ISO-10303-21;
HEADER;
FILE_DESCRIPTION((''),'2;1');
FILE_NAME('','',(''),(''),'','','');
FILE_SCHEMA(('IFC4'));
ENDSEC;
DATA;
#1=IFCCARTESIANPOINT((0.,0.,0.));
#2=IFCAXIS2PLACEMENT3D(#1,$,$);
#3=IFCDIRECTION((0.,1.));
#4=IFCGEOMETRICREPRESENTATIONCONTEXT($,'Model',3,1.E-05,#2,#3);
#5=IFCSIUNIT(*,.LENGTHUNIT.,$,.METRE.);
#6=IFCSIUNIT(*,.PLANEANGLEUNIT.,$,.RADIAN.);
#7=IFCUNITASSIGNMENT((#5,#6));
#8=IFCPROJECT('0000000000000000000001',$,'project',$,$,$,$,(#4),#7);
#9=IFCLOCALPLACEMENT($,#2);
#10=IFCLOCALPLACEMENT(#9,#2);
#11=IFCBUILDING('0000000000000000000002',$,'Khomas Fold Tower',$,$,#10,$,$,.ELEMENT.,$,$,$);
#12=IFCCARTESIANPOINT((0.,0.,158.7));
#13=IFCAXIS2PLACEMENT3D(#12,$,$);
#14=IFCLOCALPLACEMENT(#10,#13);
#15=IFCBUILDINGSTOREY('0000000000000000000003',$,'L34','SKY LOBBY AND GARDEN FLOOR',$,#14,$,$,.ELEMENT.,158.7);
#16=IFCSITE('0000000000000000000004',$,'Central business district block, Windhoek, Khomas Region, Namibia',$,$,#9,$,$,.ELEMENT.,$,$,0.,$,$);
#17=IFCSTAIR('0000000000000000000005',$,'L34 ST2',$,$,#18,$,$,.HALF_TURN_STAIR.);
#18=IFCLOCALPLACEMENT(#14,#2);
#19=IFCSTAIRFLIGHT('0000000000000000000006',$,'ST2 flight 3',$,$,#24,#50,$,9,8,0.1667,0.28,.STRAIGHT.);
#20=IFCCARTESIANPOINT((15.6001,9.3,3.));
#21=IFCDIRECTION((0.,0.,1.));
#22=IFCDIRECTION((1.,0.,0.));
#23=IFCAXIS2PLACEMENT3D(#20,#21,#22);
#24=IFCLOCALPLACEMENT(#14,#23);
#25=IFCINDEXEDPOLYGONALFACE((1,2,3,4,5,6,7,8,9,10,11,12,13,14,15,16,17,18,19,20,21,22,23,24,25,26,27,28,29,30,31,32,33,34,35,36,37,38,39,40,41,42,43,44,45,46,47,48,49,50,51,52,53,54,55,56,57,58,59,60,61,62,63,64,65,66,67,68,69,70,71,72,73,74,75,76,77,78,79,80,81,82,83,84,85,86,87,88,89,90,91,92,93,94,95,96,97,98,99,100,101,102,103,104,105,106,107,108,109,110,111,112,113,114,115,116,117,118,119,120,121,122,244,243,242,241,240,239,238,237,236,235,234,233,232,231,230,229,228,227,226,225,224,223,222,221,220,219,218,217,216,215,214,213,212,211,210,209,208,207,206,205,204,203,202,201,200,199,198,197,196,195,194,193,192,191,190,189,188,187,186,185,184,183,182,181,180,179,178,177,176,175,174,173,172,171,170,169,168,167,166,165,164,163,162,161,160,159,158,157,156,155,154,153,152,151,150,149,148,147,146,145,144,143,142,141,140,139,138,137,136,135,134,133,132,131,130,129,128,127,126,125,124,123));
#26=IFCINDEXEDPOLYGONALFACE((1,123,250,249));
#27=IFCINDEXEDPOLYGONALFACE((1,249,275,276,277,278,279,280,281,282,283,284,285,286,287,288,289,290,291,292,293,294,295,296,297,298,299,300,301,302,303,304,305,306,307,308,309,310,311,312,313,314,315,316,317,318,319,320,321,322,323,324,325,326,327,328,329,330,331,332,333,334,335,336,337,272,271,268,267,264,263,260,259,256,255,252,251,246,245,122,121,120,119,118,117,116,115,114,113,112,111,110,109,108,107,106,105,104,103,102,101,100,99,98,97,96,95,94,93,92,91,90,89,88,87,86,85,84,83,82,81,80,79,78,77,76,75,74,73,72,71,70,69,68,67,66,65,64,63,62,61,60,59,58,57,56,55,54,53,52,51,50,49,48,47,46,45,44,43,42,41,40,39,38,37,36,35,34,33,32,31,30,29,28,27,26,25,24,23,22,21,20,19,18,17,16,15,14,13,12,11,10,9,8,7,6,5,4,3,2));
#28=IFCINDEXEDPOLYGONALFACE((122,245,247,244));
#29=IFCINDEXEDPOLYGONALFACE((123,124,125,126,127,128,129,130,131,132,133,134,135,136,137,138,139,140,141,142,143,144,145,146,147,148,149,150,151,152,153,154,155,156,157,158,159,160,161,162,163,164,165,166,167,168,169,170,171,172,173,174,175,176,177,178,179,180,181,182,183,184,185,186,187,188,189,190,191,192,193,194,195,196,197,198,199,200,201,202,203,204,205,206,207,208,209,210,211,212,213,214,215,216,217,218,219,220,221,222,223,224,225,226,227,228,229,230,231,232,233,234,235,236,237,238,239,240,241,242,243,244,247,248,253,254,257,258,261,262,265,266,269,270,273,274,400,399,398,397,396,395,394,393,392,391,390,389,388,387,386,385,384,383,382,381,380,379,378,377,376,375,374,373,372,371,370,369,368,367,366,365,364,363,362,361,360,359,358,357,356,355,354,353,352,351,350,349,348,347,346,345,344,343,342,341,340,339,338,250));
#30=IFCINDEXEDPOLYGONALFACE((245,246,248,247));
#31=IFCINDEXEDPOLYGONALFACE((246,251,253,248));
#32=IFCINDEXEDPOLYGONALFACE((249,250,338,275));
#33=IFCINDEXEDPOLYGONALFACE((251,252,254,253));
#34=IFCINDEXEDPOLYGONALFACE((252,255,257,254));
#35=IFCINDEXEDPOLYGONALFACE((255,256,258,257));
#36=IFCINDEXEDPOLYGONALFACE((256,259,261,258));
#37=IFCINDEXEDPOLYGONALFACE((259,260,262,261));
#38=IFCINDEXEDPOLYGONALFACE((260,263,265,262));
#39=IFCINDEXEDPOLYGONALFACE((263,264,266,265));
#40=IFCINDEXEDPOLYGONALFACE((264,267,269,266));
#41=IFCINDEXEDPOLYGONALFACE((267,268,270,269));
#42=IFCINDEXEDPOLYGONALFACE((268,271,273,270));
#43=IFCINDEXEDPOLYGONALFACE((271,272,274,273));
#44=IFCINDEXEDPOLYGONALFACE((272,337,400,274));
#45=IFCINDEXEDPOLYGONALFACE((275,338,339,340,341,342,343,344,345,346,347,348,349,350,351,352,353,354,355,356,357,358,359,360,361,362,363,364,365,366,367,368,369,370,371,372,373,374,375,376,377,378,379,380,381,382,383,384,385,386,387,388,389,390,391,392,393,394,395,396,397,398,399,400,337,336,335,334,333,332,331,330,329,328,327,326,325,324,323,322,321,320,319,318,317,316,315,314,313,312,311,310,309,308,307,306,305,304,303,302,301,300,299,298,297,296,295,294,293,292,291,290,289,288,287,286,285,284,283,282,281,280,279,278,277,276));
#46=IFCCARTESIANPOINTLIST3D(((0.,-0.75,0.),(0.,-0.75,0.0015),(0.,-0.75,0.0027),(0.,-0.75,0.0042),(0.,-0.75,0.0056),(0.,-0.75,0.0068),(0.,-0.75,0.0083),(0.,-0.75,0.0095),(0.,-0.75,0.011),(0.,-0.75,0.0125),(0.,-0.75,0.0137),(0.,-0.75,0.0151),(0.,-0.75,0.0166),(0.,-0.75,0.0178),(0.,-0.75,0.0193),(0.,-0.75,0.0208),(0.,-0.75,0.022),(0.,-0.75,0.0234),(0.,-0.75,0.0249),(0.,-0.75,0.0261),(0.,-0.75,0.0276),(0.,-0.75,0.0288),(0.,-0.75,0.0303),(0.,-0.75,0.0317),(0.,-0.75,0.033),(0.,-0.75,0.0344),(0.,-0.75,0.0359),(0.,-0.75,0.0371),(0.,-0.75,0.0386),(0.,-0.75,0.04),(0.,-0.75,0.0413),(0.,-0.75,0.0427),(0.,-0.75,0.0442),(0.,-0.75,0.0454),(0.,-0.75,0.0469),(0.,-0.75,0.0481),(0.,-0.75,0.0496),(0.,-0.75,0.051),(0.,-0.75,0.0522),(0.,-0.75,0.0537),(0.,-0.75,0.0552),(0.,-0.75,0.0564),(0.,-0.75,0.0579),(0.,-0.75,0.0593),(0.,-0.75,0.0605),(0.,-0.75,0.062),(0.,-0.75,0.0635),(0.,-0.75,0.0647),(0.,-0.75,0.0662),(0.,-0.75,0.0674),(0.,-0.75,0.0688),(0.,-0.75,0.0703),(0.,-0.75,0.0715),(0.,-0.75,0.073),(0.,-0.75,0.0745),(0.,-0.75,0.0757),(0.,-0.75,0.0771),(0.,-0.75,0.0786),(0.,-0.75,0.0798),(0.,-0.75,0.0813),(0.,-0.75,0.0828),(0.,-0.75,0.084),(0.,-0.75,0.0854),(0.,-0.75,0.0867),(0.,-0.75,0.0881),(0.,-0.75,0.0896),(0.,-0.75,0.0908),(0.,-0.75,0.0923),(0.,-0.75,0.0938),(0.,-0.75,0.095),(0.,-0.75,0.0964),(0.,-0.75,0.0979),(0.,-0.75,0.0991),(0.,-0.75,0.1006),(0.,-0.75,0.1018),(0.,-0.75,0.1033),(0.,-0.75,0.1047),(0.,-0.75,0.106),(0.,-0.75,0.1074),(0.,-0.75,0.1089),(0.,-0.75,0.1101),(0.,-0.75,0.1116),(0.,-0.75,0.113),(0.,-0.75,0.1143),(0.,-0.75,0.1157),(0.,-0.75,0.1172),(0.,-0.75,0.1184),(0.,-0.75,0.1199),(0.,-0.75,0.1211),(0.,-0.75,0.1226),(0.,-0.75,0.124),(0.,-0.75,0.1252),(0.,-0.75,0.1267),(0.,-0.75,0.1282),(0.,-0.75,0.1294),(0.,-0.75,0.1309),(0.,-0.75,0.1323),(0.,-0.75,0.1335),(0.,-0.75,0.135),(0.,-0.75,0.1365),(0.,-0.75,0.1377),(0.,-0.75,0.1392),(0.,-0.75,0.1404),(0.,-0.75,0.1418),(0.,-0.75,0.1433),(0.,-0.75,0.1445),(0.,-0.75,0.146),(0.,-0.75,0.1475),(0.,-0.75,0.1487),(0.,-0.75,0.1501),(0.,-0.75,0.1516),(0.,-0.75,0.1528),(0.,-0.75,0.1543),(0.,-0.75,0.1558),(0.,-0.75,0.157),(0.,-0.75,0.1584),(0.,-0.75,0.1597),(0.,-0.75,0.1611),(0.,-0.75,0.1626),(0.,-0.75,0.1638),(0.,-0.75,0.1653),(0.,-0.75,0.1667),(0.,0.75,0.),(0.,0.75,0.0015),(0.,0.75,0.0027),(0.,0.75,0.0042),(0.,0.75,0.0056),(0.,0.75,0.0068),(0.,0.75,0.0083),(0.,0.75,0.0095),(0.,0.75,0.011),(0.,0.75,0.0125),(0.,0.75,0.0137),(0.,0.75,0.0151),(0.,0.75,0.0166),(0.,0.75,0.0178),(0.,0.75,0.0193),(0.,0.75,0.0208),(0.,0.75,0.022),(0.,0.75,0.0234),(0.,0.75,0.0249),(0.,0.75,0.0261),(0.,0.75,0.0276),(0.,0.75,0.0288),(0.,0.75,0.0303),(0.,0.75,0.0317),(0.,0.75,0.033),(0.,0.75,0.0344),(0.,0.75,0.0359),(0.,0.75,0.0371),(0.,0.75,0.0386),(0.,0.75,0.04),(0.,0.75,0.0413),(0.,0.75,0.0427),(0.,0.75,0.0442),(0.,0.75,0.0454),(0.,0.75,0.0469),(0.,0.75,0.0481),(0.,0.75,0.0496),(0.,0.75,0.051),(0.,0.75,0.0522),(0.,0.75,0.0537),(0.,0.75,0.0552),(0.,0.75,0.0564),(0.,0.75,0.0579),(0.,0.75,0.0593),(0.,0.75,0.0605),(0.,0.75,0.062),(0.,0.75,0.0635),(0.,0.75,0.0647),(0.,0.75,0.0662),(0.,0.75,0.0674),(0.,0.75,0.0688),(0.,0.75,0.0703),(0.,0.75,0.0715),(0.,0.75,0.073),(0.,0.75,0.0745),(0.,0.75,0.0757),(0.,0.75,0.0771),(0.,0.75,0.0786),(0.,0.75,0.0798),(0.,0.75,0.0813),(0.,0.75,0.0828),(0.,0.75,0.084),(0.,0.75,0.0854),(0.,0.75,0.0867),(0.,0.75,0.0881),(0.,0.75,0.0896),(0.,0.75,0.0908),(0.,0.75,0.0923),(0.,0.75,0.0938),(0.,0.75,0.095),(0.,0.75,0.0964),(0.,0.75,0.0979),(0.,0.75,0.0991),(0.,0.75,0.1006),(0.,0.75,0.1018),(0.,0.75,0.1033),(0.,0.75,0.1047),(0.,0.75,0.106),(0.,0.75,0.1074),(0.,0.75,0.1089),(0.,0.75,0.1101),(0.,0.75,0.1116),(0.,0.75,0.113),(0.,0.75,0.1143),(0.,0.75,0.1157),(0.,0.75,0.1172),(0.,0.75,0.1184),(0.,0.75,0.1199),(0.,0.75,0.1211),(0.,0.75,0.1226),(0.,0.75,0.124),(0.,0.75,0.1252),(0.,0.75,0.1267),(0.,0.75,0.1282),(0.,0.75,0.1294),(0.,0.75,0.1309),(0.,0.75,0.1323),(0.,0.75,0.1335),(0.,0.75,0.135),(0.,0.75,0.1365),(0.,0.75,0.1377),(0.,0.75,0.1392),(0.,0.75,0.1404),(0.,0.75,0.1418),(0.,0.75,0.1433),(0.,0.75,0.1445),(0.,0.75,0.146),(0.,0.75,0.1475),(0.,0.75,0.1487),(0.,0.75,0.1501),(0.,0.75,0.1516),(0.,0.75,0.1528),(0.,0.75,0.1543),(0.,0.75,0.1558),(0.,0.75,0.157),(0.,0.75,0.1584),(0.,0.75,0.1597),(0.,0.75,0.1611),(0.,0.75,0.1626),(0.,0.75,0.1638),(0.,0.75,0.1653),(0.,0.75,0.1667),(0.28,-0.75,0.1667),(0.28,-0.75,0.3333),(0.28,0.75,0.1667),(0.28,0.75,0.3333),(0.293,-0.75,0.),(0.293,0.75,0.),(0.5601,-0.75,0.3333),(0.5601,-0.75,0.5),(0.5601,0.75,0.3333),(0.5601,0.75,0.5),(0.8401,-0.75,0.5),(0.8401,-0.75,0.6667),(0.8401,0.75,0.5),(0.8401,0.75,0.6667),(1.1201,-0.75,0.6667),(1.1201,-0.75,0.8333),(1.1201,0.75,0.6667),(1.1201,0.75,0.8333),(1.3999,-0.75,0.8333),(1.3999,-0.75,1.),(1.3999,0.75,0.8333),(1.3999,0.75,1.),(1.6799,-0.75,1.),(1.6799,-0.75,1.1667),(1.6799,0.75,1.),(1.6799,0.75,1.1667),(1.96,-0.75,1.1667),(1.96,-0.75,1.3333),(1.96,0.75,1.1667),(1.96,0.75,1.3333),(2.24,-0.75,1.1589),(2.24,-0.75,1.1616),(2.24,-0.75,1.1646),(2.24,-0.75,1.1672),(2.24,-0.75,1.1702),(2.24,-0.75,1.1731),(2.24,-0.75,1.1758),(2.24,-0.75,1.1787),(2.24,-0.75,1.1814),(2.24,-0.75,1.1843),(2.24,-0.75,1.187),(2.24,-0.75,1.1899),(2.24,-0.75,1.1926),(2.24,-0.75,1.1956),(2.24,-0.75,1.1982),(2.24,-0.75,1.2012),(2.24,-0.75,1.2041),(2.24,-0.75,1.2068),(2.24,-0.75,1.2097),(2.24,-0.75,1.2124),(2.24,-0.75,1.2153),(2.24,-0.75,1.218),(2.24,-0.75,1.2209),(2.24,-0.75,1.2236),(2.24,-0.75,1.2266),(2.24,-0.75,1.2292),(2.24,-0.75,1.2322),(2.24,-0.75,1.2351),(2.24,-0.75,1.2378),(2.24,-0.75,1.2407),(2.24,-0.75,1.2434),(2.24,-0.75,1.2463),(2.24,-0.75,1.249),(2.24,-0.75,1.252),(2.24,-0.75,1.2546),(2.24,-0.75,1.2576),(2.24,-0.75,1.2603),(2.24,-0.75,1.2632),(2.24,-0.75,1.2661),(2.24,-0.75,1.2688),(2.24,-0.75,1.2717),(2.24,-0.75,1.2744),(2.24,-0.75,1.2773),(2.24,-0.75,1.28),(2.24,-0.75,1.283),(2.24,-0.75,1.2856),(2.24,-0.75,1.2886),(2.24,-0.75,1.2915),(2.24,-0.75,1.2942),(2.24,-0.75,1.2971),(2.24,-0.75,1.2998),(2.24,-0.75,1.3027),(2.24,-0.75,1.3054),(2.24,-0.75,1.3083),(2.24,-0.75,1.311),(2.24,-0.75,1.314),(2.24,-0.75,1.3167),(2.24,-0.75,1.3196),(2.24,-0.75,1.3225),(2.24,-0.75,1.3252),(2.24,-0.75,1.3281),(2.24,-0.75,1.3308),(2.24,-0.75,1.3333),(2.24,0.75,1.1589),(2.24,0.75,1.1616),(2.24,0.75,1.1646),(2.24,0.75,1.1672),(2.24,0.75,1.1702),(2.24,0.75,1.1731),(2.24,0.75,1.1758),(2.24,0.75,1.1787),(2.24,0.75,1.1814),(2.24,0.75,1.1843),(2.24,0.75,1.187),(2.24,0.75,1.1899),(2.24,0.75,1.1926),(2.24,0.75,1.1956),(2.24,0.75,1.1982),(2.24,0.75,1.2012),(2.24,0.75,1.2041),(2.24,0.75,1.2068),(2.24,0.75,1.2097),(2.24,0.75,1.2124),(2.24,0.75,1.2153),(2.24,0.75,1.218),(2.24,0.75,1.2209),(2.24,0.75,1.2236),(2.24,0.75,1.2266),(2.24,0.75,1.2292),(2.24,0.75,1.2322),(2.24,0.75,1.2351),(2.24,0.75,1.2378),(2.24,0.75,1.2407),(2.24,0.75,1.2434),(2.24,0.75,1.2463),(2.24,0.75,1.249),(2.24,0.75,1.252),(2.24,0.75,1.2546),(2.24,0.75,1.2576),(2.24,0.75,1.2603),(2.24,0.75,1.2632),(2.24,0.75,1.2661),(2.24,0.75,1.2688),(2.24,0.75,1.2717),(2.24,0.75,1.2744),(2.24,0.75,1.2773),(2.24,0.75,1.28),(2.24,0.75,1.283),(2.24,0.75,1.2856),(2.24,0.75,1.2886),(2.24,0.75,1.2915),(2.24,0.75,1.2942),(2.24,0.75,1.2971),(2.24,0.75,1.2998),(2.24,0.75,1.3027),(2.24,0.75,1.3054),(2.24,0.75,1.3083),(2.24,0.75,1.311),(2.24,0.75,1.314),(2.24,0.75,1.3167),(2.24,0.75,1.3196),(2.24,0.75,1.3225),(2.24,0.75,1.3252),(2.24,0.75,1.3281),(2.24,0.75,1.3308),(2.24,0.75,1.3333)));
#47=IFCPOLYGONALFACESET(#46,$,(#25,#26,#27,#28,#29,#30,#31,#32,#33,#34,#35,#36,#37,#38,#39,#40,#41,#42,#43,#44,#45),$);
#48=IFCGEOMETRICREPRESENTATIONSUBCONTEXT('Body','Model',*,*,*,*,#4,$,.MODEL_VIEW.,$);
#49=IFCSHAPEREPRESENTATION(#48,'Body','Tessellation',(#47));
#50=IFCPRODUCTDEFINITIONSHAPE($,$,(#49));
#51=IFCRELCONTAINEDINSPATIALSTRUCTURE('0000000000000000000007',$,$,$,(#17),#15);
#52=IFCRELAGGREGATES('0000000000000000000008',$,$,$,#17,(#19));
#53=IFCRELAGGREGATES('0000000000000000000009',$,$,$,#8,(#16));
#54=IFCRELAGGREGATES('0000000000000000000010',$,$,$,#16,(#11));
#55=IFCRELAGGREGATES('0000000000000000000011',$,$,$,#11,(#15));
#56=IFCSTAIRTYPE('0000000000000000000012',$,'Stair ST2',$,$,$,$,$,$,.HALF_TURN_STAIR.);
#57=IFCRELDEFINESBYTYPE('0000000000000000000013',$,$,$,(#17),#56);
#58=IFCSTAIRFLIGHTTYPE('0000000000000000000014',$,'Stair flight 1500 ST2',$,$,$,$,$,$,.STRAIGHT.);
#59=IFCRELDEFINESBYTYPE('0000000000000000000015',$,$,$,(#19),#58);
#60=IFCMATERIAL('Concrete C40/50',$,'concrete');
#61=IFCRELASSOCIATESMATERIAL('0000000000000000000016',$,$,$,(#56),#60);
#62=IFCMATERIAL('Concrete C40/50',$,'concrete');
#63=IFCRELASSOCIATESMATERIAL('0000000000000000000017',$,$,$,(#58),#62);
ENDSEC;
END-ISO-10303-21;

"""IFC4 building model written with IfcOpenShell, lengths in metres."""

from ifc_helpers import new_model, si_unit, direction, frame, origin, place, context, subcontext, project, spatial, polyline, outline, extrude, source, transform, mapped, material, type_object, element, aggregate, save


model = new_model("IFC4")

# Units and contexts
model_context = context("Model", 3, precision=1e-05, world=origin(), true_north=direction((0.0, 1.0)))
body_context = subcontext(model_context, "Body", "Model", "MODEL_VIEW")
ifc_project = project(units=[si_unit("LENGTHUNIT", "METRE"), si_unit("PLANEANGLEUNIT", "RADIAN")], contexts=[model_context])

# Site, building, storey
site_placement = place(None, origin())
site = spatial("IfcSite", under=ifc_project, at=site_placement, Name="Central business district block, Windhoek, Khomas Region, Namibia", CompositionType="ELEMENT", RefElevation=0.0)
building_placement = place(site_placement, origin())
building = spatial("IfcBuilding", under=site, at=building_placement, Name="Khomas Fold Tower", CompositionType="ELEMENT")
storey_placement = place(building_placement, frame((0.0, 0.0, 158.7)))
storey = spatial("IfcBuildingStorey", under=building, at=storey_placement, Name="L34", Description="SKY LOBBY AND GARDEN FLOOR", CompositionType="ELEMENT", Elevation=158.7)

# Stair, stair flight
ifc_material_1 = material(Name="Concrete C40/50", Category="concrete")
stair_type = type_object("IfcStairType", Name="Stair ST2", PredefinedType="HALF_TURN_STAIR", material=ifc_material_1)
stair_placement = place(storey_placement, origin())
stair = element("IfcStair", 1, at=stair_placement, inside=storey, type_object=stair_type, Name="L34 ST2", PredefinedType="HALF_TURN_STAIR")
ifc_material_2 = material(Name="Concrete C40/50", Category="concrete")
stair_flight_type = type_object("IfcStairFlightType", Name="Stair flight 1500 ST2", PredefinedType="STRAIGHT", material=ifc_material_2)
shared_shape_1 = source(origin(), body_context, "Body", "SweptSolid", [
    extrude(outline(polyline([(0.0, 0.0), (0.0, 0.0015), (0.0, 0.0027), (0.0, 0.0042), (0.0, 0.0056), (0.0, 0.0068), (0.0, 0.0083), (0.0, 0.0095), (0.0, 0.011), (0.0, 0.0125), (0.0, 0.0137), (0.0, 0.0151), (0.0, 0.0166), (0.0, 0.0178), (0.0, 0.0193), (0.0, 0.0208), (0.0, 0.022), (0.0, 0.0234), (0.0, 0.0249), (0.0, 0.0261), (0.0, 0.0276), (0.0, 0.0288), (0.0, 0.0303), (0.0, 0.0317), (0.0, 0.033), (0.0, 0.0344), (0.0, 0.0359), (0.0, 0.0371), (0.0, 0.0386), (0.0, 0.04), (0.0, 0.0413), (0.0, 0.0427), (0.0, 0.0442), (0.0, 0.0454), (0.0, 0.0469), (0.0, 0.0481), (0.0, 0.0496), (0.0, 0.051), (0.0, 0.0522), (0.0, 0.0537), (0.0, 0.0552), (0.0, 0.0564), (0.0, 0.0579), (0.0, 0.0593), (0.0, 0.0605), (0.0, 0.062), (0.0, 0.0635), (0.0, 0.0647), (0.0, 0.0662), (0.0, 0.0674), (0.0, 0.0688), (0.0, 0.0703), (0.0, 0.0715), (0.0, 0.073), (0.0, 0.0745), (0.0, 0.0757), (0.0, 0.0771), (0.0, 0.0786), (0.0, 0.0798), (0.0, 0.0813), (0.0, 0.0828), (0.0, 0.084), (0.0, 0.0854), (0.0, 0.0867), (0.0, 0.0881), (0.0, 0.0896), (0.0, 0.0908), (0.0, 0.0923), (0.0, 0.0938), (0.0, 0.095), (0.0, 0.0964), (0.0, 0.0979), (0.0, 0.0991), (0.0, 0.1006), (0.0, 0.1018), (0.0, 0.1033), (0.0, 0.1047), (0.0, 0.106), (0.0, 0.1074), (0.0, 0.1089), (0.0, 0.1101), (0.0, 0.1116), (0.0, 0.113), (0.0, 0.1143), (0.0, 0.1157), (0.0, 0.1172), (0.0, 0.1184), (0.0, 0.1199), (0.0, 0.1211), (0.0, 0.1226), (0.0, 0.124), (0.0, 0.1252), (0.0, 0.1267), (0.0, 0.1282), (0.0, 0.1294), (0.0, 0.1309), (0.0, 0.1323), (0.0, 0.1335), (0.0, 0.135), (0.0, 0.1365), (0.0, 0.1377), (0.0, 0.1392), (0.0, 0.1404), (0.0, 0.1418), (0.0, 0.1433), (0.0, 0.1445), (0.0, 0.146), (0.0, 0.1475), (0.0, 0.1487), (0.0, 0.1501), (0.0, 0.1516), (0.0, 0.1528), (0.0, 0.1543), (0.0, 0.1558), (0.0, 0.157), (0.0, 0.1584), (0.0, 0.1597), (0.0, 0.1611), (0.0, 0.1626), (0.0, 0.1638), (0.0, 0.1653), (0.0, 0.1667), (0.28, 0.1667), (0.28, 0.3333), (0.5601, 0.3333), (0.5601, 0.5), (0.8401, 0.5), (0.8401, 0.6667), (1.1201, 0.6667), (1.1201, 0.8333), (1.3999, 0.8333), (1.3999, 1.0), (1.6799, 1.0), (1.6799, 1.1667), (1.96, 1.1667), (1.96, 1.3333), (2.24, 1.3333), (2.24, 1.5), (2.24, 1.4971), (2.24, 1.4944), (2.24, 1.4915), (2.24, 1.4888), (2.24, 1.4858), (2.24, 1.4832), (2.24, 1.4802), (2.24, 1.4775), (2.24, 1.4746), (2.24, 1.4719), (2.24, 1.469), (2.24, 1.4661), (2.24, 1.4634), (2.24, 1.4604), (2.24, 1.4578), (2.24, 1.4548), (2.24, 1.4521), (2.24, 1.4492), (2.24, 1.4465), (2.24, 1.4436), (2.24, 1.4409), (2.24, 1.438), (2.24, 1.4351), (2.24, 1.4324), (2.24, 1.4294), (2.24, 1.4268), (2.24, 1.4238), (2.24, 1.4211), (2.24, 1.4182), (2.24, 1.4155), (2.24, 1.4126), (2.24, 1.4097), (2.24, 1.407), (2.24, 1.4041), (2.24, 1.4014), (2.24, 1.3984), (2.24, 1.3958), (2.24, 1.3928), (2.24, 1.3901), (2.24, 1.3872), (2.24, 1.3845), (2.24, 1.3816), (2.24, 1.3787), (2.24, 1.376), (2.24, 1.373), (2.24, 1.3704), (2.24, 1.3674), (2.24, 1.3647), (2.24, 1.3618), (2.24, 1.3591), (2.24, 1.3562), (2.24, 1.3535), (2.24, 1.3506), (2.24, 1.3477), (2.24, 1.345), (2.24, 1.342), (2.24, 1.3394), (2.24, 1.3364), (2.24, 1.3337), (2.24, 1.3308), (2.24, 1.3281), (2.24, 1.3252), (2.24, 1.3225), (2.24, 1.3196), (2.24, 1.3167), (2.24, 1.314), (2.24, 1.311), (2.24, 1.3083), (2.24, 1.3054), (2.24, 1.3027), (2.24, 1.2998), (2.24, 1.2971), (2.24, 1.2942), (2.24, 1.2915), (2.24, 1.2886), (2.24, 1.2856), (2.24, 1.283), (2.24, 1.28), (2.24, 1.2773), (2.24, 1.2744), (2.24, 1.2717), (2.24, 1.2688), (2.24, 1.2661), (2.24, 1.2632), (2.24, 1.2603), (2.24, 1.2576), (2.24, 1.2546), (2.24, 1.252), (2.24, 1.249), (2.24, 1.2463), (2.24, 1.2434), (2.24, 1.2407), (2.24, 1.2378), (2.24, 1.2351), (2.24, 1.2322), (2.24, 1.2292), (2.24, 1.2266), (2.24, 1.2236), (2.24, 1.2209), (2.24, 1.218), (2.24, 1.2153), (2.24, 1.2124), (2.24, 1.2097), (2.24, 1.2068), (2.24, 1.2041), (2.24, 1.2012), (2.24, 1.1982), (2.24, 1.1956), (2.24, 1.1926), (2.24, 1.1899), (2.24, 1.187), (2.24, 1.1843), (2.24, 1.1814), (2.24, 1.1787), (2.24, 1.1758), (2.24, 1.1731), (2.24, 1.1702), (2.24, 1.1672), (2.24, 1.1646), (2.24, 1.1616), (2.24, 1.1589), (0.293, 0.0), (0.0, 0.0)])), frame((0.0, 0.75, 0.0), z_axis=(0.0, -1.0, 0.0), x_axis=(1.0, 0.0, 0.0)), (0.0, 0.0, 1.0), 1.5),
])
stair_flight_1_placement = place(storey_placement, frame((15.6001, 9.3, 3.0), z_axis=(0.0, 0.0, 1.0), x_axis=(1.0, 0.0, 0.0)))
stair_flight_1 = element("IfcStairFlight", 2, at=stair_flight_1_placement, type_object=stair_flight_type, Name="ST2 flight 3", NumberOfRisers=9, NumberOfTreads=8, PredefinedType="STRAIGHT", RiserHeight=0.1667, TreadLength=0.28, context=body_context, shape_type="MappedRepresentation", body=[
    mapped(shared_shape_1, transform((0.0, 0.0, 0.0))),
])
aggregate(stair, [stair_flight_1])

save(model, "model.ifc")
